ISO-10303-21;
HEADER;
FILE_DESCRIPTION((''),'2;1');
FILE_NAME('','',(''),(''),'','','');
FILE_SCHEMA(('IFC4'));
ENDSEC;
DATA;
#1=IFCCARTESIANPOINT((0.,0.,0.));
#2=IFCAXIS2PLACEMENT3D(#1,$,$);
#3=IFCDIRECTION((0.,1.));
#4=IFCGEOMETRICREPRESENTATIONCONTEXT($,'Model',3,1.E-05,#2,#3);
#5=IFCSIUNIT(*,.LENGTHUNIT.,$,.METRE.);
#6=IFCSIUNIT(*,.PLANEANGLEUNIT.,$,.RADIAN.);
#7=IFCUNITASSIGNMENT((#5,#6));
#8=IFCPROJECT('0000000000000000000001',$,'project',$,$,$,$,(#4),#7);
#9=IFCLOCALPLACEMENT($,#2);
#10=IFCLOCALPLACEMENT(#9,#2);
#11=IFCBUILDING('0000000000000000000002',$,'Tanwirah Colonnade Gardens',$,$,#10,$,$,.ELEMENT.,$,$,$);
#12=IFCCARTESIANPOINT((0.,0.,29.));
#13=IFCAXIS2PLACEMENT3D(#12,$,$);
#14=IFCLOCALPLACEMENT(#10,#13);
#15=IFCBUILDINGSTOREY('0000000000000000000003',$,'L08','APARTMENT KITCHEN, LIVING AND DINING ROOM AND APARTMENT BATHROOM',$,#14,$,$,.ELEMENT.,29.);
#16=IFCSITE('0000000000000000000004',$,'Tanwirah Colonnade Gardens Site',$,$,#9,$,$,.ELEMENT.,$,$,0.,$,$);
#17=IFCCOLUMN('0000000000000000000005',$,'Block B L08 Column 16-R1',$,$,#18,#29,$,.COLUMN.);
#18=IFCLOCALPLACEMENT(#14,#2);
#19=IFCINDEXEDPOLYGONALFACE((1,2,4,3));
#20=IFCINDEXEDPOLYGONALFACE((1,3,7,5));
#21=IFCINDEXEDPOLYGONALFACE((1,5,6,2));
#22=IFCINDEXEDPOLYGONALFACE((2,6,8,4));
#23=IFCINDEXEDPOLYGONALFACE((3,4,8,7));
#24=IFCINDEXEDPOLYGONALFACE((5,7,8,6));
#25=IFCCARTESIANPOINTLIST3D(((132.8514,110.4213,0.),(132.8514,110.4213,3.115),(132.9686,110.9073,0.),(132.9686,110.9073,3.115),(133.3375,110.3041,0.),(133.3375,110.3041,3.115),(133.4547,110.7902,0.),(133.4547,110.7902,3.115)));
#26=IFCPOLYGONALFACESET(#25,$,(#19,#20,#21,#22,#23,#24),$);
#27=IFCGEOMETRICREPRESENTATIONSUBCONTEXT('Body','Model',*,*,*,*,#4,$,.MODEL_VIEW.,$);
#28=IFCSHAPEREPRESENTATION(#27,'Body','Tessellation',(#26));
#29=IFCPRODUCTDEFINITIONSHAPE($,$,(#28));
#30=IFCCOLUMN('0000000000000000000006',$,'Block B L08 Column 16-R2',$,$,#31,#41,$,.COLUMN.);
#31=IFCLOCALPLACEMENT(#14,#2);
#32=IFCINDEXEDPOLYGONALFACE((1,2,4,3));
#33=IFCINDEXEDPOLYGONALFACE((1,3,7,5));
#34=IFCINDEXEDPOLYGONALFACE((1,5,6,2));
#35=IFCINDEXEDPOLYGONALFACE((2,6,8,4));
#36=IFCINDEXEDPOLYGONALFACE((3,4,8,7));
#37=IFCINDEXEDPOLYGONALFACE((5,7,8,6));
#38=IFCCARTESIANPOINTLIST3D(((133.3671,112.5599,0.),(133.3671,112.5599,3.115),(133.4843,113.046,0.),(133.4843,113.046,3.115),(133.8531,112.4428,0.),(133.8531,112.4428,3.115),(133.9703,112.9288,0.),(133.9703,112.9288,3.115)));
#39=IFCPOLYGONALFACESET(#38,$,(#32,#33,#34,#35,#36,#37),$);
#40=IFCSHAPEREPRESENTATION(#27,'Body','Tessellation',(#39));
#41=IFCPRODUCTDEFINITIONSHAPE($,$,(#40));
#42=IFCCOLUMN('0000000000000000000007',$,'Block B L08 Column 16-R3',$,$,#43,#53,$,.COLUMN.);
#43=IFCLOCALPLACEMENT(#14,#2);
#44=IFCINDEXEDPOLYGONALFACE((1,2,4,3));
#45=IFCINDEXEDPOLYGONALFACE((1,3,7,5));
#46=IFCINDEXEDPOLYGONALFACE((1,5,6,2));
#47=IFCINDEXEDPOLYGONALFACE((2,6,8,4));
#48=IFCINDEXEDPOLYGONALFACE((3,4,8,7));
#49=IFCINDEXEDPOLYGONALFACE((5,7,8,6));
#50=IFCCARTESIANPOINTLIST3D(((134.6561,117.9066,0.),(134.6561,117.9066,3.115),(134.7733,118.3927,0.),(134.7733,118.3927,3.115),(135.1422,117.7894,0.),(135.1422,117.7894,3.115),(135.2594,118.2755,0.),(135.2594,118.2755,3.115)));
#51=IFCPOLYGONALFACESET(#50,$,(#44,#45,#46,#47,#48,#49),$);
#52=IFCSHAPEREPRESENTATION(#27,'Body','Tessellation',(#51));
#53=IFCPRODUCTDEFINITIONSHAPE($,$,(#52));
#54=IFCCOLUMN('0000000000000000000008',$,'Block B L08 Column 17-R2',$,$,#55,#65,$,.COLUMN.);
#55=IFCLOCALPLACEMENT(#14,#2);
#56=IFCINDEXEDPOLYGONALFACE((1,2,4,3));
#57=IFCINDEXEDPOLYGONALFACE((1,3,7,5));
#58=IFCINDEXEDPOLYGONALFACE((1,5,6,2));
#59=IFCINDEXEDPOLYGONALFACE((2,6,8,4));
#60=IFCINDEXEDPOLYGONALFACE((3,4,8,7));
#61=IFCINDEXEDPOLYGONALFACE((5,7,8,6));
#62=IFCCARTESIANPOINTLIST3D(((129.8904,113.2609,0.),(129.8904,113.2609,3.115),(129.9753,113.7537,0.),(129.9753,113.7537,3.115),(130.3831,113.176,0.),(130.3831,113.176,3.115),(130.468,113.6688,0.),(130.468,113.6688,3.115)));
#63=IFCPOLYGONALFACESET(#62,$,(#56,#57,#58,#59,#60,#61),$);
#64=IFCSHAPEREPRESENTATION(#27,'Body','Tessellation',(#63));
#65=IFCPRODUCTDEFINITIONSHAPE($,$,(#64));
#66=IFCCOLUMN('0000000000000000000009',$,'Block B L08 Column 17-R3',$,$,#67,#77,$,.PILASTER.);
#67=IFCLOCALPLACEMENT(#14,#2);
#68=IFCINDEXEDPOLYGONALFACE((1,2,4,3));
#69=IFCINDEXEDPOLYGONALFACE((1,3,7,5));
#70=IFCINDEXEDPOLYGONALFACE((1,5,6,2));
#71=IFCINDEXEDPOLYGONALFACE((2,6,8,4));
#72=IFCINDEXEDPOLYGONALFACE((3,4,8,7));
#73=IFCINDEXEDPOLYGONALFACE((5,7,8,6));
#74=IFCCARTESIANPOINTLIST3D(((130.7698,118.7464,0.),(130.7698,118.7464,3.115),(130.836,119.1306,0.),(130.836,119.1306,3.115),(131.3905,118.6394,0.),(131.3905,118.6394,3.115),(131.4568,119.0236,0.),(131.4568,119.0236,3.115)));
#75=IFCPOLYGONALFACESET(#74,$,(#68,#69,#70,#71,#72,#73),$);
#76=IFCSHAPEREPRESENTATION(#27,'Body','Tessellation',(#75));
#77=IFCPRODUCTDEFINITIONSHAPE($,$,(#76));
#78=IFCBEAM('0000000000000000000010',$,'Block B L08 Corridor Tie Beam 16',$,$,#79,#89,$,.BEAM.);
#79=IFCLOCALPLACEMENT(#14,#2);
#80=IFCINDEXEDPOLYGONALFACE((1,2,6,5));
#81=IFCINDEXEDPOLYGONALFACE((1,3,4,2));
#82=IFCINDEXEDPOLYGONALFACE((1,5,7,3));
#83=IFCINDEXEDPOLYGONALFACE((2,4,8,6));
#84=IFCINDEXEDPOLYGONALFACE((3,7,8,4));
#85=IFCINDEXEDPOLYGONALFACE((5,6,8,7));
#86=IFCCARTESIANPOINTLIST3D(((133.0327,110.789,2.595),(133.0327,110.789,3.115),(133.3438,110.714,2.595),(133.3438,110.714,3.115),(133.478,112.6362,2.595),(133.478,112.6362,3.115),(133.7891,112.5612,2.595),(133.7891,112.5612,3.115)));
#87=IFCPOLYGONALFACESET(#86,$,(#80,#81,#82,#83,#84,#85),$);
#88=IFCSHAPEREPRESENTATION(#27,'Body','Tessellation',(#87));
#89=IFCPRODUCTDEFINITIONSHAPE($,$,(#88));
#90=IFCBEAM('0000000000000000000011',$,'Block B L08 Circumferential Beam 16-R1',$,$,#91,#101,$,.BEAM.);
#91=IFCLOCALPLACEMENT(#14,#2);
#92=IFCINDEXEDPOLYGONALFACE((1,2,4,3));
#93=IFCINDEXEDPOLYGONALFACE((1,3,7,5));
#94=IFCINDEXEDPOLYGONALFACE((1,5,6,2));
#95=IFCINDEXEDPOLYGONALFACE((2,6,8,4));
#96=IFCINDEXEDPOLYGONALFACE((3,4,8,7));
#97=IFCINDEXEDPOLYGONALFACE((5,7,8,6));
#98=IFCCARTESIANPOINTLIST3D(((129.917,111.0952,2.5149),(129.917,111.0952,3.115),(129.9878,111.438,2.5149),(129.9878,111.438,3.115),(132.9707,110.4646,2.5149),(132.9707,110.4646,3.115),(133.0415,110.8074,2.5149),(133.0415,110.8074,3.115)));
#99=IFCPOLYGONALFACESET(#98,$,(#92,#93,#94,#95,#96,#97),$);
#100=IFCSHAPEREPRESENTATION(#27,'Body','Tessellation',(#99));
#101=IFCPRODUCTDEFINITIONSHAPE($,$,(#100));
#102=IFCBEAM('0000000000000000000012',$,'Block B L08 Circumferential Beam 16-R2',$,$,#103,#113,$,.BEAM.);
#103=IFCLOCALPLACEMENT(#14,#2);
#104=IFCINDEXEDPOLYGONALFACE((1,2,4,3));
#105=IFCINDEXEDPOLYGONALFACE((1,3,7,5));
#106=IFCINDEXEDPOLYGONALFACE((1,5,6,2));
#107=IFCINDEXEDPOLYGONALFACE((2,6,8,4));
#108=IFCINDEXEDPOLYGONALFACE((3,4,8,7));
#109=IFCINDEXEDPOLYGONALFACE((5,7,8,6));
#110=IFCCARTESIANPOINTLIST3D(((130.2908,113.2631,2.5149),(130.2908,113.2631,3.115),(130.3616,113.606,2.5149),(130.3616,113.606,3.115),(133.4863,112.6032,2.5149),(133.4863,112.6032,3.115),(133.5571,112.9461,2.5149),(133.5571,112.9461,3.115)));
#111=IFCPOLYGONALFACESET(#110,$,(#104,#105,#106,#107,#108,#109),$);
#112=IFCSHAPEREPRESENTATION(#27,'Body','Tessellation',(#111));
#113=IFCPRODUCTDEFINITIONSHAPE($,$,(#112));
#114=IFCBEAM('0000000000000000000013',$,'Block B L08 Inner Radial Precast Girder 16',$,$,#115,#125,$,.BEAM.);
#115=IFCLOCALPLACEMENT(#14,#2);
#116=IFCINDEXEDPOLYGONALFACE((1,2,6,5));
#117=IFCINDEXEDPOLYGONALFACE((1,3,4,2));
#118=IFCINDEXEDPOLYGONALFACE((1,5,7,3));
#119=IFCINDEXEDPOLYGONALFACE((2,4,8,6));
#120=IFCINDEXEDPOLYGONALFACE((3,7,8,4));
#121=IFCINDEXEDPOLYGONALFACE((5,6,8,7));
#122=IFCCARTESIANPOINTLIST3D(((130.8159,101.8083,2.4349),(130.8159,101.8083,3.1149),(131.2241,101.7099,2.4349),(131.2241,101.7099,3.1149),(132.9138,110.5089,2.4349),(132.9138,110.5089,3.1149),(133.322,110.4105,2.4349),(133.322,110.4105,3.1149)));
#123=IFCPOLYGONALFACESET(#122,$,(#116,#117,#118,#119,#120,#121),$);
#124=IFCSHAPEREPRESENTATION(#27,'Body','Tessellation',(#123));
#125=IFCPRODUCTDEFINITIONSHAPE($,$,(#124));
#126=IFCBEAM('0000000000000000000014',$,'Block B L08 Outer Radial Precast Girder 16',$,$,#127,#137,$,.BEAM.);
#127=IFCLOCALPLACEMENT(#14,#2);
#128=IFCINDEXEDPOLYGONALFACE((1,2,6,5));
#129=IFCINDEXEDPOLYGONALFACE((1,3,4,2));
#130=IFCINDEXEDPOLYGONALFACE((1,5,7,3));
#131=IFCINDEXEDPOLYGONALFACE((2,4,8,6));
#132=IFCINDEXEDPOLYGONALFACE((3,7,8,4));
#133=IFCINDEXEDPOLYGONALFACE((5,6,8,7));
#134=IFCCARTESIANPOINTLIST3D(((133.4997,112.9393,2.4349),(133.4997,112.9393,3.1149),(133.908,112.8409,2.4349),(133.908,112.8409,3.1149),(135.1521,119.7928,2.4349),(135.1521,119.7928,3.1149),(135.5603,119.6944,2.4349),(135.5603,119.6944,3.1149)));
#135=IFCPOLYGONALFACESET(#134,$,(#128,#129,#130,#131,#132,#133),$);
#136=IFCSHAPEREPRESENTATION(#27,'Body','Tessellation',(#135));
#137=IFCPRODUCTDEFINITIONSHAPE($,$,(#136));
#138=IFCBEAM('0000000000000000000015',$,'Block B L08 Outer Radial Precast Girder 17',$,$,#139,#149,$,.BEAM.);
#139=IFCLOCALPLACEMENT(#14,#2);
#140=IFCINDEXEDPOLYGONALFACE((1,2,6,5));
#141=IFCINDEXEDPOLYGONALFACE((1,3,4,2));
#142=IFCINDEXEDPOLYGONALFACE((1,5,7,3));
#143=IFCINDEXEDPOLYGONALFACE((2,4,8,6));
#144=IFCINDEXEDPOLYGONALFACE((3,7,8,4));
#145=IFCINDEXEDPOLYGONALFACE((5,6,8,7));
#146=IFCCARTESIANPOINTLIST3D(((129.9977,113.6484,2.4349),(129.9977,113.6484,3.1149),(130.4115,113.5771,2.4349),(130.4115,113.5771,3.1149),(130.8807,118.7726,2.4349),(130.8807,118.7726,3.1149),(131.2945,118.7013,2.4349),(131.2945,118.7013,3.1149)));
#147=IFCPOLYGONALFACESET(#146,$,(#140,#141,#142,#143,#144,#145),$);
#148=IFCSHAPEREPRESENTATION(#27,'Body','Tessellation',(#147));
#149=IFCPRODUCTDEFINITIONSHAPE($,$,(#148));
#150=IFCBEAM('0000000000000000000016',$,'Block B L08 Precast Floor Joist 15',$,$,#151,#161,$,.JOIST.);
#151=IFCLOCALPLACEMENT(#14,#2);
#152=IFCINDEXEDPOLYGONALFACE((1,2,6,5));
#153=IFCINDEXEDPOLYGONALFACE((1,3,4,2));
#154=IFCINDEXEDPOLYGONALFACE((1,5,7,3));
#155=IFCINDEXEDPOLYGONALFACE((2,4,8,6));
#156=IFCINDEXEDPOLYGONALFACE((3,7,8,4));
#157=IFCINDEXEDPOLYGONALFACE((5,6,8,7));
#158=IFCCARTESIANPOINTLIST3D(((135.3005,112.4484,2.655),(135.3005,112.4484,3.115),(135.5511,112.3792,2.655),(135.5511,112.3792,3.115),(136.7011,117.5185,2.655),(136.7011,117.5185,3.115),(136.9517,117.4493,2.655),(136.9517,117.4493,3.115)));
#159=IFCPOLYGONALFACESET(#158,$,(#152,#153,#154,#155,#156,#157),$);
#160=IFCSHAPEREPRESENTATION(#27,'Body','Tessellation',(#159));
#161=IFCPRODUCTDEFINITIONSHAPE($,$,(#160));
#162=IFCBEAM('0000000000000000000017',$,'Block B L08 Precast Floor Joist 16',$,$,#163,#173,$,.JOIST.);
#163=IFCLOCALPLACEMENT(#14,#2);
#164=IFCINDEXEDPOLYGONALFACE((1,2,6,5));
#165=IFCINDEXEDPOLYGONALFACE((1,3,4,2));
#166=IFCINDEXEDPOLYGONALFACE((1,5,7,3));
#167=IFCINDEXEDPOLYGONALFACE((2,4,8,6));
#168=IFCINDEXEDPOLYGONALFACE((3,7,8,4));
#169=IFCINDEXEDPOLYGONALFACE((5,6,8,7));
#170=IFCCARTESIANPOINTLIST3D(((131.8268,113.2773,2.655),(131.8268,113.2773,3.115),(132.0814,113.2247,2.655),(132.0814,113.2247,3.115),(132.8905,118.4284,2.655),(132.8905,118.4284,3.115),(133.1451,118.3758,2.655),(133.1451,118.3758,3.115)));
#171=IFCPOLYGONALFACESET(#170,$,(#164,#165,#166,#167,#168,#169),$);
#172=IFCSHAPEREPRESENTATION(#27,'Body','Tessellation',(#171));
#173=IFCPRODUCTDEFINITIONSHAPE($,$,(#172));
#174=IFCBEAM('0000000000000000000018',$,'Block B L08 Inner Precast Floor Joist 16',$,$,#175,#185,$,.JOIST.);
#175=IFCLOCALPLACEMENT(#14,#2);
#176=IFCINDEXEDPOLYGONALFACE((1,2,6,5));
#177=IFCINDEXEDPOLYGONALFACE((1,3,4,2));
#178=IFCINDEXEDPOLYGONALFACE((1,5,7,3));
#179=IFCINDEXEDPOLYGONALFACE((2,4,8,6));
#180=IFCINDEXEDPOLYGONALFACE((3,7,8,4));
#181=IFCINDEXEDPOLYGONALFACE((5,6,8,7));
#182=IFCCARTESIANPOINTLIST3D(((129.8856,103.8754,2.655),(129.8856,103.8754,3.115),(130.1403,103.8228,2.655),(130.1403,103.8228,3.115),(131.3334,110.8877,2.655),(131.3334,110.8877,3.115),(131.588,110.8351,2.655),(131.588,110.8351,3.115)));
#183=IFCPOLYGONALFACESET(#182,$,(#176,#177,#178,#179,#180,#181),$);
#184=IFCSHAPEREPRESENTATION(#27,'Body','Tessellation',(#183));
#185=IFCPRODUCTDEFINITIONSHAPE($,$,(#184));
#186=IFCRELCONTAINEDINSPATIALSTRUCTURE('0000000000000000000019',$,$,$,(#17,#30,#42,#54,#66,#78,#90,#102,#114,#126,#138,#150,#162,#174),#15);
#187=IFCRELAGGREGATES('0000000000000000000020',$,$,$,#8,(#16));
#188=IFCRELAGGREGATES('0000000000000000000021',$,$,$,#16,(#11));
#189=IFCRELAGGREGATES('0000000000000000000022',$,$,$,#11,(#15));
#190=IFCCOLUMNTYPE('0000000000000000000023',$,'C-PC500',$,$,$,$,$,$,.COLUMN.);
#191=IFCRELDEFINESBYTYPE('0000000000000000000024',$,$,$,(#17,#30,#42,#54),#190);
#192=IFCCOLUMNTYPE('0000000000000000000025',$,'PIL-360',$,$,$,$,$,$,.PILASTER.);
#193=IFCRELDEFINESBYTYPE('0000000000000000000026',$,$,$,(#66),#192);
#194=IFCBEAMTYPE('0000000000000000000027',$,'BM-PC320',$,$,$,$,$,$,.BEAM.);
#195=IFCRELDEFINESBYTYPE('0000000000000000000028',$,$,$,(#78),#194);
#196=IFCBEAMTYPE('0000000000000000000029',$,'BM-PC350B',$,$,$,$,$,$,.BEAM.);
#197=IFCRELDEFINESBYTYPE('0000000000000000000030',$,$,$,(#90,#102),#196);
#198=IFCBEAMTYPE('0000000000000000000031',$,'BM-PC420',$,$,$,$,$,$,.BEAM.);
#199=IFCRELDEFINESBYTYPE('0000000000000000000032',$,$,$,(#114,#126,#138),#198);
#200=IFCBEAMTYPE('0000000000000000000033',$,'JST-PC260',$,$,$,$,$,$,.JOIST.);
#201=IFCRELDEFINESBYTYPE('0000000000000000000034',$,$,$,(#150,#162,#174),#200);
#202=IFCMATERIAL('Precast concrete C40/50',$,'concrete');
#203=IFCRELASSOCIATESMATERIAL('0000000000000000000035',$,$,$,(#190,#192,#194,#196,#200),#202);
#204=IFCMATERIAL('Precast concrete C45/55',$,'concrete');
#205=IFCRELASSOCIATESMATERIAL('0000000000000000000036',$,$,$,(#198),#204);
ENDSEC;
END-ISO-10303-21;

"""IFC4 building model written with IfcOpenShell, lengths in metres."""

from ifc_helpers import new_model, si_unit, direction, frame, origin, origin_2d, place, context, subcontext, project, spatial, rectangle, extrude, material, material_profile, profile_set, type_object, element, save


model = new_model("IFC4")

# Units and contexts
model_context = context("Model", 3, precision=1e-05, world=origin(), true_north=direction((0.0, 1.0)))
body_context = subcontext(model_context, "Body", "Model", "MODEL_VIEW")
ifc_project = project(units=[si_unit("LENGTHUNIT", "METRE"), si_unit("PLANEANGLEUNIT", "RADIAN")], contexts=[model_context])

# Site, building, storey
site_placement = place(None, origin())
site = spatial("IfcSite", under=ifc_project, at=site_placement, Name="Tanwirah Colonnade Gardens Site", CompositionType="ELEMENT", RefElevation=0.0)
building_placement = place(site_placement, origin())
building = spatial("IfcBuilding", under=site, at=building_placement, Name="Tanwirah Colonnade Gardens", CompositionType="ELEMENT")
storey_placement = place(building_placement, frame((0.0, 0.0, 29.0)))
storey = spatial("IfcBuildingStorey", under=building, at=storey_placement, Name="L08", Description="APARTMENT KITCHEN, LIVING AND DINING ROOM AND APARTMENT BATHROOM", CompositionType="ELEMENT", Elevation=29.0)

# Columns
ifc_material_1 = material(Name="Precast concrete C40/50", Category="concrete")
ifc_material_profile_1 = material_profile(ifc_material_1, rectangle(XDim=0.5, YDim=0.5, at=origin_2d()), Name="PC-COL 500x500")
ifc_profile_set_1 = profile_set([ifc_material_profile_1], Name="Precast concrete C40/50")
column_type_1 = type_object("IfcColumnType", Name="C-PC500", PredefinedType="COLUMN", material=ifc_profile_set_1)
for number, where, z_axis, x_axis, name in (
    (1, (133.1531, 110.6057, 0.0), (0.0, 0.0, 1.0), (0.234388, 0.972143, 0.0), "Block B L08 Column 16-R1"),
    (2, (133.6687, 112.7444, 0.0), (0.0, 0.0, 1.0), (0.234388, 0.972143, 0.0), "Block B L08 Column 16-R2"),
    (3, (134.9578, 118.0911, 0.0), (0.0, 0.0, 1.0), (0.234388, 0.972143, 0.0), "Block B L08 Column 16-R3"),
    (4, (130.1792, 113.4648, 0.0), (0.0, 0.0, 1.0), (0.169827, 0.985474, 0.0), "Block B L08 Column 17-R2"),
):
    element("IfcColumn", number, at=place(storey_placement, frame(where, z_axis=z_axis, x_axis=x_axis)), inside=storey, type_object=column_type_1, Name=name, PredefinedType="COLUMN", context=body_context, shape_type="SweptSolid", body=[
        extrude(rectangle(XDim=0.5, YDim=0.5, at=origin_2d()), origin(), (0.0, 0.0, 1.0), 3.115),
    ])
ifc_material_profile_2 = material_profile(ifc_material_1, rectangle(XDim=0.3899, YDim=0.6299, at=origin_2d()), Name="PC-PIL 390x630")
ifc_profile_set_2 = profile_set([ifc_material_profile_2], Name="Precast concrete C40/50")
column_type_2 = type_object("IfcColumnType", Name="PIL-360", PredefinedType="PILASTER", material=ifc_profile_set_2)
column_placement = place(storey_placement, frame((131.1133, 118.885, 0.0), z_axis=(0.0, 0.0, 1.0), x_axis=(0.169827, 0.985474, 0.0)))
element("IfcColumn", 5, at=column_placement, inside=storey, type_object=column_type_2, Name="Block B L08 Column 17-R3", PredefinedType="PILASTER", context=body_context, shape_type="SweptSolid", body=[
    extrude(rectangle(XDim=0.3899, YDim=0.6299, at=origin_2d()), origin(), (0.0, 0.0, 1.0), 3.115),
])

# Beams
ifc_material_profile_3 = material_profile(ifc_material_1, rectangle(XDim=0.3201, YDim=0.52, at=origin_2d()), Name="PC-BM 320x520")
ifc_profile_set_3 = profile_set([ifc_material_profile_3], Name="Precast concrete C40/50")
beam_type_1 = type_object("IfcBeamType", Name="BM-PC320", PredefinedType="BEAM", material=ifc_profile_set_3)
beam_1_placement = place(storey_placement, frame((133.1882, 110.7515, 2.855), z_axis=(0.234364, 0.972149, 0.0), x_axis=(-0.972149, 0.234364, 0.0)))
element("IfcBeam", 6, at=beam_1_placement, inside=storey, type_object=beam_type_1, Name="Block B L08 Corridor Tie Beam 16", PredefinedType="BEAM", context=body_context, shape_type="SweptSolid", body=[
    extrude(rectangle(XDim=0.3201, YDim=0.52, at=origin_2d()), origin(), (0.0, 0.0, 1.0), 1.9001),
])
ifc_material_profile_4 = material_profile(ifc_material_1, rectangle(XDim=0.3501, YDim=0.6001, at=origin_2d()), Name="PC-BM 350x600")
ifc_profile_set_4 = profile_set([ifc_material_profile_4], Name="Precast concrete C40/50")
beam_type_2 = type_object("IfcBeamType", Name="BM-PC350B", PredefinedType="BEAM", material=ifc_profile_set_4)
beam_2_placement = place(storey_placement, frame((133.0061, 110.636, 2.8149), z_axis=(-0.979336, 0.202241, 0.0), x_axis=(-0.202241, -0.979336, 0.0)))
element("IfcBeam", 7, at=beam_2_placement, inside=storey, type_object=beam_type_2, Name="Block B L08 Circumferential Beam 16-R1", PredefinedType="BEAM", context=body_context, shape_type="SweptSolid", body=[
    extrude(rectangle(XDim=0.3501, YDim=0.6001, at=origin_2d()), origin(), (0.0, 0.0, 1.0), 3.1182),
])
beam_3_placement = place(storey_placement, frame((133.5217, 112.7747, 2.8149), z_axis=(-0.979336, 0.202242, 0.0), x_axis=(-0.202242, -0.979336, 0.0)))
element("IfcBeam", 8, at=beam_3_placement, inside=storey, type_object=beam_type_2, Name="Block B L08 Circumferential Beam 16-R2", PredefinedType="BEAM", context=body_context, shape_type="SweptSolid", body=[
    extrude(rectangle(XDim=0.3501, YDim=0.6001, at=origin_2d()), origin(), (0.0, 0.0, 1.0), 3.2629),
])
ifc_material_2 = material(Name="Precast concrete C45/55", Category="concrete")
ifc_material_profile_5 = material_profile(ifc_material_2, rectangle(XDim=0.4199, YDim=0.6799, at=origin_2d()), Name="PC-BM 420x680")
ifc_profile_set_5 = profile_set([ifc_material_profile_5], Name="Precast concrete C45/55")
beam_type_3 = type_object("IfcBeamType", Name="BM-PC420", PredefinedType="BEAM", material=ifc_profile_set_5)
beam_4_placement = place(storey_placement, frame((133.1179, 110.4597, 2.7749), z_axis=(-0.234401, -0.97214, 0.0), x_axis=(0.97214, -0.234401, 0.0)))
element("IfcBeam", 9, at=beam_4_placement, inside=storey, type_object=beam_type_3, Name="Block B L08 Inner Radial Precast Girder 16", PredefinedType="BEAM", context=body_context, shape_type="SweptSolid", body=[
    extrude(rectangle(XDim=0.4199, YDim=0.6799, at=origin_2d()), origin(), (0.0, 0.0, 1.0), 8.95),
])
beam_5_placement = place(storey_placement, frame((133.7039, 112.8901, 2.7749), z_axis=(0.234379, 0.972145, 0.0), x_axis=(-0.972145, 0.234379, 0.0)))
element("IfcBeam", 10, at=beam_5_placement, inside=storey, type_object=beam_type_3, Name="Block B L08 Outer Radial Precast Girder 16", PredefinedType="BEAM", context=body_context, shape_type="SweptSolid", body=[
    extrude(rectangle(XDim=0.4199, YDim=0.6799, at=origin_2d()), origin(), (0.0, 0.0, 1.0), 7.0498),
])
beam_6_placement = place(storey_placement, frame((130.2046, 113.6128, 2.7749), z_axis=(0.169825, 0.985474, 0.0), x_axis=(-0.985474, 0.169825, 0.0)))
element("IfcBeam", 11, at=beam_6_placement, inside=storey, type_object=beam_type_3, Name="Block B L08 Outer Radial Precast Girder 17", PredefinedType="BEAM", context=body_context, shape_type="SweptSolid", body=[
    extrude(rectangle(XDim=0.4199, YDim=0.6799, at=origin_2d()), origin(), (0.0, 0.0, 1.0), 5.1997),
])
ifc_material_profile_6 = material_profile(ifc_material_1, rectangle(XDim=0.26, YDim=0.46, at=origin_2d()), Name="PC-JST 260x460")
ifc_profile_set_6 = profile_set([ifc_material_profile_6], Name="Precast concrete C40/50")
beam_type_4 = type_object("IfcBeamType", Name="JST-PC260", PredefinedType="JOIST", material=ifc_profile_set_6)
beam_7_placement = place(storey_placement, frame((135.4258, 112.4138, 2.885), z_axis=(0.266281, 0.963895, 0.0), x_axis=(-0.963895, 0.266281, 0.0)))
element("IfcBeam", 12, at=beam_7_placement, inside=storey, type_object=beam_type_4, Name="Block B L08 Precast Floor Joist 15", PredefinedType="JOIST", context=body_context, shape_type="SweptSolid", body=[
    extrude(rectangle(XDim=0.26, YDim=0.46, at=origin_2d()), origin(), (0.0, 0.0, 1.0), 5.26),
])
beam_8_placement = place(storey_placement, frame((131.9541, 113.251, 2.885), z_axis=(0.202236, 0.979337, 0.0), x_axis=(-0.979337, 0.202236, 0.0)))
element("IfcBeam", 13, at=beam_8_placement, inside=storey, type_object=beam_type_4, Name="Block B L08 Precast Floor Joist 16", PredefinedType="JOIST", context=body_context, shape_type="SweptSolid", body=[
    extrude(rectangle(XDim=0.26, YDim=0.46, at=origin_2d()), origin(), (0.0, 0.0, 1.0), 5.2598),
])
beam_9_placement = place(storey_placement, frame((130.0129, 103.8491, 2.885), z_axis=(0.202197, 0.979345, 0.0), x_axis=(-0.979345, 0.202197, 0.0)))
element("IfcBeam", 14, at=beam_9_placement, inside=storey, type_object=beam_type_4, Name="Block B L08 Inner Precast Floor Joist 16", PredefinedType="JOIST", context=body_context, shape_type="SweptSolid", body=[
    extrude(rectangle(XDim=0.26, YDim=0.46, at=origin_2d()), origin(), (0.0, 0.0, 1.0), 7.1602),
])

save(model, "model.ifc")
